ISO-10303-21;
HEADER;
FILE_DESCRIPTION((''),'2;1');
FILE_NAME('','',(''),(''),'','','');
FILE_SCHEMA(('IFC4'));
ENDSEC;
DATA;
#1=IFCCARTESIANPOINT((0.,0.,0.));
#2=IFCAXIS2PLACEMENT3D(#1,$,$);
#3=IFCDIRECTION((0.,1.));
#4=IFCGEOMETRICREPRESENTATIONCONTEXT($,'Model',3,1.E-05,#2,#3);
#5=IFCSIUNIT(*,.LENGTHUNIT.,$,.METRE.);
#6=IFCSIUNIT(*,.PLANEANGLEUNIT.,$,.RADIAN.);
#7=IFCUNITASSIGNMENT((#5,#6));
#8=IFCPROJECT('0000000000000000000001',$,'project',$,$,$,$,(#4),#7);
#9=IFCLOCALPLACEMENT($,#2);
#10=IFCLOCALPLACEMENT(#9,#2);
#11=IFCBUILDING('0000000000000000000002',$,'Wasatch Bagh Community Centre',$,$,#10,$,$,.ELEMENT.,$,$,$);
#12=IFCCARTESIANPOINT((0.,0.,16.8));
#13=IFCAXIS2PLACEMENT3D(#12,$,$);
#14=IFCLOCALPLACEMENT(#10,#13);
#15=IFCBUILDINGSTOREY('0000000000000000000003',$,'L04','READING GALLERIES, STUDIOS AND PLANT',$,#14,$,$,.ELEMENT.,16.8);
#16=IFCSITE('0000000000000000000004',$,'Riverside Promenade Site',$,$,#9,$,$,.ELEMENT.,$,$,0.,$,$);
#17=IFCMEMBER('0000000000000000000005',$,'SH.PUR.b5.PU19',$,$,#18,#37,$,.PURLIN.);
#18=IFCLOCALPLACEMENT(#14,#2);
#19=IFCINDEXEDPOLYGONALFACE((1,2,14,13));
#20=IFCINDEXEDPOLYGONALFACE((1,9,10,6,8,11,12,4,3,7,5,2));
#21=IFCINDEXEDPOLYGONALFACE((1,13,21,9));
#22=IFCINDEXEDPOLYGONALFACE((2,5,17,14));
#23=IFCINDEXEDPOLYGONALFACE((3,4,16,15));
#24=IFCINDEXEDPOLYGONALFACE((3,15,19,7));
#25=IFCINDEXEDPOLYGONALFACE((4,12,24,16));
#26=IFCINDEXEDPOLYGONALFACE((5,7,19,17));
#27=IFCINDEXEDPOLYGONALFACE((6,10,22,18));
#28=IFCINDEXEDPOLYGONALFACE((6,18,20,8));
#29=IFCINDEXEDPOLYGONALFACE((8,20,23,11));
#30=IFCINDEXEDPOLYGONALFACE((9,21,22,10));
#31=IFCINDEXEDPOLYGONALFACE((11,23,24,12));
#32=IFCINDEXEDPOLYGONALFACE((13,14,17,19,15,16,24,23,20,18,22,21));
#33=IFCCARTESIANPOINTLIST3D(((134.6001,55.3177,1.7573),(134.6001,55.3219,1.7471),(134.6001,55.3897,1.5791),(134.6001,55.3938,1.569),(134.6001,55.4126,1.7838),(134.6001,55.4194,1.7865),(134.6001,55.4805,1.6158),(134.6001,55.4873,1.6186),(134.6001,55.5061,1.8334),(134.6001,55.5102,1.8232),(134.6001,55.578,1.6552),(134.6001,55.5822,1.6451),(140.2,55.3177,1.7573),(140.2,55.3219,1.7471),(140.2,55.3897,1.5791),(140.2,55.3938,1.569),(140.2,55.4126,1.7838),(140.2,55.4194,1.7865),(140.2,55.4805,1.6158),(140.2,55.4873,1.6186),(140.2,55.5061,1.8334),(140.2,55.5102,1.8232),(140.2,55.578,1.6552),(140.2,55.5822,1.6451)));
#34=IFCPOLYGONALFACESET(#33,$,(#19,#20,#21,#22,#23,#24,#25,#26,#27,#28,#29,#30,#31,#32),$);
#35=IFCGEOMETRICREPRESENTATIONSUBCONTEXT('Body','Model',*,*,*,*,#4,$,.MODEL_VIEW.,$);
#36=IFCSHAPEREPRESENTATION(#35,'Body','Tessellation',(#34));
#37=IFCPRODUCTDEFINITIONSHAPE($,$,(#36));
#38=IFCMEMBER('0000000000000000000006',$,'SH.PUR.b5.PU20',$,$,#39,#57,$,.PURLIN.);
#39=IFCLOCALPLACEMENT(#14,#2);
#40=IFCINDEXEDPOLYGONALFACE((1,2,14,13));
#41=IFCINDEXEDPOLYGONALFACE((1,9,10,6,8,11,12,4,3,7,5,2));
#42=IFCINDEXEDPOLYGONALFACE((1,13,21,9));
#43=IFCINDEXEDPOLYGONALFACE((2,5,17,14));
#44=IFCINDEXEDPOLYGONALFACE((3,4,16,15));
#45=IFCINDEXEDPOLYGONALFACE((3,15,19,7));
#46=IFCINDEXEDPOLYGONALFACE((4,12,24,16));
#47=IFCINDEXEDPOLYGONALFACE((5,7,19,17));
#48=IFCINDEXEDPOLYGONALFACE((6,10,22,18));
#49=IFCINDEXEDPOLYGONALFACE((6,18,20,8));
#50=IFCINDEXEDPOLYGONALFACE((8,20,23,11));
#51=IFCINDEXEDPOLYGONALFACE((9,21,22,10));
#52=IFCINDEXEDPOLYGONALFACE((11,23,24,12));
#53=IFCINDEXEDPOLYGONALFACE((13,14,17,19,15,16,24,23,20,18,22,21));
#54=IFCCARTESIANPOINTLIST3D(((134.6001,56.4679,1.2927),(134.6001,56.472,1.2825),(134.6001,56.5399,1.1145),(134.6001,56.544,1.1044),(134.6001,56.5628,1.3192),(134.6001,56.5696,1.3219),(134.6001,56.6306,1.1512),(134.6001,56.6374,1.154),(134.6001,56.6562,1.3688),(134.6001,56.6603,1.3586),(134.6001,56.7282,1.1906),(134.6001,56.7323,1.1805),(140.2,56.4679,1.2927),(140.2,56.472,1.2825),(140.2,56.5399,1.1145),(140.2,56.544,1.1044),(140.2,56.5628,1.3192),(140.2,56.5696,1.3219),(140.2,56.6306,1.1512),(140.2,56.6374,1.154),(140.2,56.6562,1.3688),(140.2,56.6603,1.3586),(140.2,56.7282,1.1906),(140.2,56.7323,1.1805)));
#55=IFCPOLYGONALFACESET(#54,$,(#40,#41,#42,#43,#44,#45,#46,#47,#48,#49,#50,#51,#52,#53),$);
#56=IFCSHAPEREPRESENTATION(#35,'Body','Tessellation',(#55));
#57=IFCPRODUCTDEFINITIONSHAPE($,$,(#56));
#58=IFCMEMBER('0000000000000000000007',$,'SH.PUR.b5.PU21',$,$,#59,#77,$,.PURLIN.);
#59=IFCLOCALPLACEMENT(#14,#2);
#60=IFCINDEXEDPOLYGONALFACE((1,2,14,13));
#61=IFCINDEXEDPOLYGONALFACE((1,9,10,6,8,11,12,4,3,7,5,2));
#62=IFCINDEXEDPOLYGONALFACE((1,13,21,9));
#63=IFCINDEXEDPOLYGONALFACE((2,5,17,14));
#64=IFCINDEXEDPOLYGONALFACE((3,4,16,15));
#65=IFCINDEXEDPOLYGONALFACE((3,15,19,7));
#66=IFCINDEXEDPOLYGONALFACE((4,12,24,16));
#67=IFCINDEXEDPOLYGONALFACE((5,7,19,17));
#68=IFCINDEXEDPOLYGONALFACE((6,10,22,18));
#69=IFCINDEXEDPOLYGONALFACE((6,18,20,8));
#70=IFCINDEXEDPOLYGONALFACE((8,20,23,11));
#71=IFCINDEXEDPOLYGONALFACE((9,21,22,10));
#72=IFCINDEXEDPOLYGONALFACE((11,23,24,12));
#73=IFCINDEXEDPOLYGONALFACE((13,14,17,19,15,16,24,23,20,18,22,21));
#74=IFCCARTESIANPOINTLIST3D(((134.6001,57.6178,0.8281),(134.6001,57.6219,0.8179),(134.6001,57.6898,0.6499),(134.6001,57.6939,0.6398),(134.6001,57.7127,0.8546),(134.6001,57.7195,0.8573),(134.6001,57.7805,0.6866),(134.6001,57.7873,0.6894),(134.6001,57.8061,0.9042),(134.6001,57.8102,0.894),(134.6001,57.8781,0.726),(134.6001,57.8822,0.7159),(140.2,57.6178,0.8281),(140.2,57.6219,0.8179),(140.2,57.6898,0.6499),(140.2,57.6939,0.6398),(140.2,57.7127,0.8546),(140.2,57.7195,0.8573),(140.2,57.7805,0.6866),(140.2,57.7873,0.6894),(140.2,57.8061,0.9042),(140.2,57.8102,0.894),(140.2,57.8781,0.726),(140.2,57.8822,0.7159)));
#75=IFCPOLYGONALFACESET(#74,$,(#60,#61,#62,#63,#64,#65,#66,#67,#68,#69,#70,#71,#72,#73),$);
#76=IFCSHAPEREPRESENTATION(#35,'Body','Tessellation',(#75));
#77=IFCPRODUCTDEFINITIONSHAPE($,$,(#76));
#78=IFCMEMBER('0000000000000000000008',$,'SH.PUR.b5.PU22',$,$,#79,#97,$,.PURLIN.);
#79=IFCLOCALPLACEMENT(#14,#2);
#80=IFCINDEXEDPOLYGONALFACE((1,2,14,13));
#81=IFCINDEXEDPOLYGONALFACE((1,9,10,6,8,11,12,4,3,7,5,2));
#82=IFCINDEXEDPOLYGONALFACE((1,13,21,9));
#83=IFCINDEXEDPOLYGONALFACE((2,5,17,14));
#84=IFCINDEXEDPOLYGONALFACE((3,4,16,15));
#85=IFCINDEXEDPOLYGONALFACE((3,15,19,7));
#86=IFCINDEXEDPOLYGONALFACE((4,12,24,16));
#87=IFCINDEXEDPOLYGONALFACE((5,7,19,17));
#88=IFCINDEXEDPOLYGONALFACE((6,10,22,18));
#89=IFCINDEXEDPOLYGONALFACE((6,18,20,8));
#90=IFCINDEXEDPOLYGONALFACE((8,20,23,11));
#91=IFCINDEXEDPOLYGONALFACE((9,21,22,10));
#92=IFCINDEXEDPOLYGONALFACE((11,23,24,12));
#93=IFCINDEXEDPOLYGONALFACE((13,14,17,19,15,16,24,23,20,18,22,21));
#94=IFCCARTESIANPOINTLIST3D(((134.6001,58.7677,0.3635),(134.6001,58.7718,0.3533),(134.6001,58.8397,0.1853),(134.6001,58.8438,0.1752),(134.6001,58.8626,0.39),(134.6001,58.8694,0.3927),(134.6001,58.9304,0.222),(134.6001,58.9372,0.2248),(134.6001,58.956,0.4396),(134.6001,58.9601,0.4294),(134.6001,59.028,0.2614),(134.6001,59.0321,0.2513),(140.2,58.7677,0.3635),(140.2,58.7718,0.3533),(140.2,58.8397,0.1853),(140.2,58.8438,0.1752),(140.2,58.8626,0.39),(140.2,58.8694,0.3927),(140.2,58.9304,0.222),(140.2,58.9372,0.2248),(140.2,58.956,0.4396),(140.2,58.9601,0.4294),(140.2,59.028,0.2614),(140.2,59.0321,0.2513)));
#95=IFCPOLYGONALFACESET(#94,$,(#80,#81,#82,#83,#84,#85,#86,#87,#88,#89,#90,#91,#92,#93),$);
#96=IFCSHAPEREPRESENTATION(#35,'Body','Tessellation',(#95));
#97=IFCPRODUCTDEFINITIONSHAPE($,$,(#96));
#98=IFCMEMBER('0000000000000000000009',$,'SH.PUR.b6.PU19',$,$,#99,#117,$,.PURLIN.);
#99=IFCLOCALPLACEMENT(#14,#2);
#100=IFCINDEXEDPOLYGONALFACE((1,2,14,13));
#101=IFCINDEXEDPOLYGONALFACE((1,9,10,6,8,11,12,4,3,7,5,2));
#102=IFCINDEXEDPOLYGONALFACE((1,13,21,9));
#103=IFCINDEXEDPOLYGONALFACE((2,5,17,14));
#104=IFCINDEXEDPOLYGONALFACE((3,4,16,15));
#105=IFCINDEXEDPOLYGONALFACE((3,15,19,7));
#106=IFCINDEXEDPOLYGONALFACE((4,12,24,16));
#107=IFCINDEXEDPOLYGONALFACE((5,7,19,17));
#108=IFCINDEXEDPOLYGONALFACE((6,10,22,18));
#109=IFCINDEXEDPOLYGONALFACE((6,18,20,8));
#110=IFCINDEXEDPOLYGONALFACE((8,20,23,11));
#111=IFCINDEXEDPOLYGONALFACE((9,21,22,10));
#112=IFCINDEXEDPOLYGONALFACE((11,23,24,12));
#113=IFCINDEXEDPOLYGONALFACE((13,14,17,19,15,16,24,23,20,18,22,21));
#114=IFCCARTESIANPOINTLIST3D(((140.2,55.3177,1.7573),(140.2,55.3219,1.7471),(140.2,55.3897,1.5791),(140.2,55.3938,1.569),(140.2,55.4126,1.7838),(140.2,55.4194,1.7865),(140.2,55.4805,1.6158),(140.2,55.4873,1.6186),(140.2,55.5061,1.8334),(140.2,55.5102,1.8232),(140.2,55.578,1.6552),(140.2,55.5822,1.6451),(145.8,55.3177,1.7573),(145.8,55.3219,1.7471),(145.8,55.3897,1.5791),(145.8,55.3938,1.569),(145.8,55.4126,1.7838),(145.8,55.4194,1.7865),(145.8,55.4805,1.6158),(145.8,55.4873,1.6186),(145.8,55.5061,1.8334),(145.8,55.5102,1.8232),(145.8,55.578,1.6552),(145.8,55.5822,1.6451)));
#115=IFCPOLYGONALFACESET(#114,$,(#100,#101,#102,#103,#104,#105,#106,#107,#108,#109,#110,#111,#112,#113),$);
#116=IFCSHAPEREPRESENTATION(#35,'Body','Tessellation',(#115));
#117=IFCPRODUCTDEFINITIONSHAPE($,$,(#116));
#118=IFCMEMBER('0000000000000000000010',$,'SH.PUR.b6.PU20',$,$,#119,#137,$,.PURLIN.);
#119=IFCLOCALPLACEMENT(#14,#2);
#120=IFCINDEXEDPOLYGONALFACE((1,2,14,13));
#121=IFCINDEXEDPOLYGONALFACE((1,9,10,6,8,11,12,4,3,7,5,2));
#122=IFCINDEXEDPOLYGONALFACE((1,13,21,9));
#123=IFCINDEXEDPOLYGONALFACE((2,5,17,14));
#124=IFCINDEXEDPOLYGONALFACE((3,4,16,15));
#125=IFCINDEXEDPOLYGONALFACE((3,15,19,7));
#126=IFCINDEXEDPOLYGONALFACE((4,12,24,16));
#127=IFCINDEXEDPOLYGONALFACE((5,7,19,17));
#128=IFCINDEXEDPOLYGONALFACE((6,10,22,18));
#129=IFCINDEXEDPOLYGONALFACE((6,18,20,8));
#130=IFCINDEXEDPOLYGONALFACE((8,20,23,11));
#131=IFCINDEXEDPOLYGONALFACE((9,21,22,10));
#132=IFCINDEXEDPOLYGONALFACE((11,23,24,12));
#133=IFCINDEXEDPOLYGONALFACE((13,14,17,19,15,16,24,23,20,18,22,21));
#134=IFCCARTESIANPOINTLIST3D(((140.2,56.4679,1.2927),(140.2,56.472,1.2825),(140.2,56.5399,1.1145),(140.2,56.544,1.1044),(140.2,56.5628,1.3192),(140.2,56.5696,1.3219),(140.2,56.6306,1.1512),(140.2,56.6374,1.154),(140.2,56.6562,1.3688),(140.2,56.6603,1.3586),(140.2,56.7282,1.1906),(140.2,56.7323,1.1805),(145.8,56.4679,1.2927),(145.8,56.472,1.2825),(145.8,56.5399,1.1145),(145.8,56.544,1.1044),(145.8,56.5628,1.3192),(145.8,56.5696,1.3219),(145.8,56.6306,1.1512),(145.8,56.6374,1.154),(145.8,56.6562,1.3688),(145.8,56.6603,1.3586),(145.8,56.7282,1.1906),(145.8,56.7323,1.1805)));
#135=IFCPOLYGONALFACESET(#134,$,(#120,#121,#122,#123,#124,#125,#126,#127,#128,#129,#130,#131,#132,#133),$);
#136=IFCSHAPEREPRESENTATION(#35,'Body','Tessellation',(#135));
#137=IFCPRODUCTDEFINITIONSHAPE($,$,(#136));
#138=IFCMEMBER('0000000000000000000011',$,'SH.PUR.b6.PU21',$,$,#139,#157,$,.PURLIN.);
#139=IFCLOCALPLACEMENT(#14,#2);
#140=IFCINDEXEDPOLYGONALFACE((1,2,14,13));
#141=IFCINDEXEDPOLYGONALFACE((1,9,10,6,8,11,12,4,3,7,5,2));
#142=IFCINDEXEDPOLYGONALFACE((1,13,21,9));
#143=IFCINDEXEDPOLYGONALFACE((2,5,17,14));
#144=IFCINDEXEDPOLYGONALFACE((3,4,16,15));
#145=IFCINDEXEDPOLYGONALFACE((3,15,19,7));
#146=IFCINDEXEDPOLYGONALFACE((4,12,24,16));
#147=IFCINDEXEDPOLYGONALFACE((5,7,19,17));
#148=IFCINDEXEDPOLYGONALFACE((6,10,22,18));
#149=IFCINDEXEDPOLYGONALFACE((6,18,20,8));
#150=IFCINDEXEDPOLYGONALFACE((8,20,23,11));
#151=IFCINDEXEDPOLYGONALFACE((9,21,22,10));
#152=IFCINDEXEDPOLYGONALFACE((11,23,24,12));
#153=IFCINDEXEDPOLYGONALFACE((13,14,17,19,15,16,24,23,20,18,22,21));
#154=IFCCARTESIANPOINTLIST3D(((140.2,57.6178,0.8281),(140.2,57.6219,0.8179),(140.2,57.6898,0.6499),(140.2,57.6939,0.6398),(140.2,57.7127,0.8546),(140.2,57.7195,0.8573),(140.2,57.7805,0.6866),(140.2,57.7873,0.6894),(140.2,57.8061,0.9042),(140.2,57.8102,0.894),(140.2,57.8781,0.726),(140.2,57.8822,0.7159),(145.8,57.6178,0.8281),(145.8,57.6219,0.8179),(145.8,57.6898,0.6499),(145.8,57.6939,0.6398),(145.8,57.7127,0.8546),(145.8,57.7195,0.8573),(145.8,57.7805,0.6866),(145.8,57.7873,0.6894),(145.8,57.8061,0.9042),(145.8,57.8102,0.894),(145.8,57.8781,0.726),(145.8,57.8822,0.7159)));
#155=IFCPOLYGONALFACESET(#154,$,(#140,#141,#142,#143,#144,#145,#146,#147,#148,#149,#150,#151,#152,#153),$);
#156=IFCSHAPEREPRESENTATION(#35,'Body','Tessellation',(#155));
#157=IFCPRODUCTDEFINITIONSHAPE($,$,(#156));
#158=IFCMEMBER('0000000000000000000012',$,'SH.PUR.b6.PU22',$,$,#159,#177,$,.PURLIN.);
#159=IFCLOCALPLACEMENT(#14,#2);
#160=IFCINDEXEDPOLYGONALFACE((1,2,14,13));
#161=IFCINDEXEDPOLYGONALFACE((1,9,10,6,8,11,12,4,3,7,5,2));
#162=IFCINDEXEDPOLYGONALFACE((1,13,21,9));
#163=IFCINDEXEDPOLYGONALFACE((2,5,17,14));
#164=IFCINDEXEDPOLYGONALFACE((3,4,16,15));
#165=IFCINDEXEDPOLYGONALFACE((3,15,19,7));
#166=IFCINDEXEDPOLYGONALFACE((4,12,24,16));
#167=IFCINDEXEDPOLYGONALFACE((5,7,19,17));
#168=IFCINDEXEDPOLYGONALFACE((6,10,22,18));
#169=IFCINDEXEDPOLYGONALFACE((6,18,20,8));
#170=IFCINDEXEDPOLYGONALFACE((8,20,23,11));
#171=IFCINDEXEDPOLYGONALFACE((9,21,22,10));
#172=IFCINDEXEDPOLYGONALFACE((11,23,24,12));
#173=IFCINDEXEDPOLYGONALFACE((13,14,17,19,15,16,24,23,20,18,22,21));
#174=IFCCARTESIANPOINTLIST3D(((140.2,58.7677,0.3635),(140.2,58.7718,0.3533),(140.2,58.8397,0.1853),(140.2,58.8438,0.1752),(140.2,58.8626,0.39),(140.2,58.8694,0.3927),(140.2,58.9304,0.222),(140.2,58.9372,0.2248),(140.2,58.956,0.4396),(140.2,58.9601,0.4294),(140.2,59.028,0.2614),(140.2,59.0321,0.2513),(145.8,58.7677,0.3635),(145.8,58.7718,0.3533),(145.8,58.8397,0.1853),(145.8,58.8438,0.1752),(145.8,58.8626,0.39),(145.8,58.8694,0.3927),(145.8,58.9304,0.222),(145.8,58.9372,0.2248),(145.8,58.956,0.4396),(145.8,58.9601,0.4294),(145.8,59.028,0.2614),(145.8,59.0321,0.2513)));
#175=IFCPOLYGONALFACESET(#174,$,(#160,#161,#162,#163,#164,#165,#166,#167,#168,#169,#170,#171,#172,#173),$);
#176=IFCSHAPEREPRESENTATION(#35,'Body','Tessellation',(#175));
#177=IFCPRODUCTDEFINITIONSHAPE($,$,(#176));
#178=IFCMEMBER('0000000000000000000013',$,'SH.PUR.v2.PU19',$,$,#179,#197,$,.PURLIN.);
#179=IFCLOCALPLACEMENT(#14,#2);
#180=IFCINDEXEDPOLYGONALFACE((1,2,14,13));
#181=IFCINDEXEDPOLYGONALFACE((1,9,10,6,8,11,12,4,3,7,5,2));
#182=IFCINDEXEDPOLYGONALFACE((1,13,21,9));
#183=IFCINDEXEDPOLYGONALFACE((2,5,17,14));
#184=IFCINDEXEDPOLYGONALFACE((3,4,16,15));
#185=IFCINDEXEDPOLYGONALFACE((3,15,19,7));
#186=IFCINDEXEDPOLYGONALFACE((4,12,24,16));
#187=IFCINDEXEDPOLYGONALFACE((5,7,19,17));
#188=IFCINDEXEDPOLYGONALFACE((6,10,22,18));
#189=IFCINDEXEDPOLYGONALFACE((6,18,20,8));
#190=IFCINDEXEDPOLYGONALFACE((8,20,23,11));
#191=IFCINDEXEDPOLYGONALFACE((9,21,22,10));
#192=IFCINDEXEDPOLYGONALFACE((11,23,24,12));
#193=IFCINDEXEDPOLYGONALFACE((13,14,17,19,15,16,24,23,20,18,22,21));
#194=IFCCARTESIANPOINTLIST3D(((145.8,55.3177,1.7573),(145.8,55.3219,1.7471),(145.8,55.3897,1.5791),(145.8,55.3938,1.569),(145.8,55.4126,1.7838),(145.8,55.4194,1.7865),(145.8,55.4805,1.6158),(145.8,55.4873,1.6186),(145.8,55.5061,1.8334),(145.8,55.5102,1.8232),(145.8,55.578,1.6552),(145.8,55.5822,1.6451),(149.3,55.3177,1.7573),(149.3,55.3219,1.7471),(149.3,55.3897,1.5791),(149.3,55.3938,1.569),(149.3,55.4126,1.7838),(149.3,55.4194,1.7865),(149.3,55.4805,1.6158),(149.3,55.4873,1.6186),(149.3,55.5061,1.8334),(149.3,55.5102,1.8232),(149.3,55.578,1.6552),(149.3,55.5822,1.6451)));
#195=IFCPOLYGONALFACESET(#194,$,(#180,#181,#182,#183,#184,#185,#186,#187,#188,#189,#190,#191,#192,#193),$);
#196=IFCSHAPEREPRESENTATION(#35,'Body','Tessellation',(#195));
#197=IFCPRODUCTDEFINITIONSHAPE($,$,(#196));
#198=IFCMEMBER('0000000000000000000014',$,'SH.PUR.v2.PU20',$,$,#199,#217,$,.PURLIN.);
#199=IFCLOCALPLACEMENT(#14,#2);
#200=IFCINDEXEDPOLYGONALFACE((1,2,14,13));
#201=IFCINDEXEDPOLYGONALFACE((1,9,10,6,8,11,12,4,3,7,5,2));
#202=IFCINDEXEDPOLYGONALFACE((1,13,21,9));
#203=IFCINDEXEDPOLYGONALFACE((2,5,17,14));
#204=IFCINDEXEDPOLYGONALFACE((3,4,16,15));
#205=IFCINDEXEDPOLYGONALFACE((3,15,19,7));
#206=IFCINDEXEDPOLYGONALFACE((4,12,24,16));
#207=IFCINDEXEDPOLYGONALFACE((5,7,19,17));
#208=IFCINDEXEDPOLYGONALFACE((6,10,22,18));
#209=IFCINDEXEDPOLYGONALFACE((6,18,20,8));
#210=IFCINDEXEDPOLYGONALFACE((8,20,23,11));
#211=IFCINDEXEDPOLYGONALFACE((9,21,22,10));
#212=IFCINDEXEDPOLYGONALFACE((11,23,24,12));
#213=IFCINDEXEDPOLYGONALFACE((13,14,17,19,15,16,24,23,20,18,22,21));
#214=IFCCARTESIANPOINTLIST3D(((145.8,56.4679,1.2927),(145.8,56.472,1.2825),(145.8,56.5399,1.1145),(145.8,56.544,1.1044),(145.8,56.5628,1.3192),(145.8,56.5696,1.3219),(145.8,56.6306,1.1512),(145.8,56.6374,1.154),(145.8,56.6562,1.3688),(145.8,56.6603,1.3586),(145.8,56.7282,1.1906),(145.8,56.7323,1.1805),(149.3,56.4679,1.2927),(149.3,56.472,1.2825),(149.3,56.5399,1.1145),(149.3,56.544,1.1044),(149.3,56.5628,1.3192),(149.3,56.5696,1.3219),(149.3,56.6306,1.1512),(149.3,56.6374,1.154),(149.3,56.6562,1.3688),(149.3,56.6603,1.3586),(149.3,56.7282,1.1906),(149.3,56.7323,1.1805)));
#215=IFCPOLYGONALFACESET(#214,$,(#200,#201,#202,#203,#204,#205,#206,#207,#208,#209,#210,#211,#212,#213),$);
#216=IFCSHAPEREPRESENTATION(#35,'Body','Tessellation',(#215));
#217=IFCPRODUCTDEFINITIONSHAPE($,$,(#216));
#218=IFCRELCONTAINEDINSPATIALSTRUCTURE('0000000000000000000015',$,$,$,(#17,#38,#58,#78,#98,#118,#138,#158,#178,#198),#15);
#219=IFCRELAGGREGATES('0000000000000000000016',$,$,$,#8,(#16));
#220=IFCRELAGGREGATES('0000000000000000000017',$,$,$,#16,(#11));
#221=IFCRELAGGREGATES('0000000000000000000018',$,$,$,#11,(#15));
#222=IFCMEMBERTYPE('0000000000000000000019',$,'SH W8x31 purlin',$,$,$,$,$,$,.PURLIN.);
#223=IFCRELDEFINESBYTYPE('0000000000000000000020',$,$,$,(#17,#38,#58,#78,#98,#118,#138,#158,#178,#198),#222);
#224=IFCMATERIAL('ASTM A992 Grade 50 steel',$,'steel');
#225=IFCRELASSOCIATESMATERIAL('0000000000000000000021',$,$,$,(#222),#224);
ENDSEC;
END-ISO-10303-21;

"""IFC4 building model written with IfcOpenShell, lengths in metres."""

from ifc_helpers import new_model, si_unit, direction, frame, origin, origin_2d, place, context, subcontext, project, spatial, i_section, extrude, material, material_profile, profile_set, type_object, element, save


model = new_model("IFC4")

# Units and contexts
model_context = context("Model", 3, precision=1e-05, world=origin(), true_north=direction((0.0, 1.0)))
body_context = subcontext(model_context, "Body", "Model", "MODEL_VIEW")
ifc_project = project(units=[si_unit("LENGTHUNIT", "METRE"), si_unit("PLANEANGLEUNIT", "RADIAN")], contexts=[model_context])

# Site, building, storey
site_placement = place(None, origin())
site = spatial("IfcSite", under=ifc_project, at=site_placement, Name="Riverside Promenade Site", CompositionType="ELEMENT", RefElevation=0.0)
building_placement = place(site_placement, origin())
building = spatial("IfcBuilding", under=site, at=building_placement, Name="Wasatch Bagh Community Centre", CompositionType="ELEMENT")
storey_placement = place(building_placement, frame((0.0, 0.0, 16.8)))
storey = spatial("IfcBuildingStorey", under=building, at=storey_placement, Name="L04", Description="READING GALLERIES, STUDIOS AND PLANT", CompositionType="ELEMENT", Elevation=16.8)

# Members
ifc_material_1 = material(Name="ASTM A992 Grade 50 steel", Category="steel")
ifc_material_profile_1 = material_profile(ifc_material_1, i_section(OverallWidth=0.2031, OverallDepth=0.2031, WebThickness=0.0073, FlangeThickness=0.011, at=origin_2d()), Name="W8x31")
ifc_profile_set_1 = profile_set([ifc_material_profile_1], Name="ASTM A992 Grade 50 steel")
member_type_1 = type_object("IfcMemberType", Name="SH W8x31 purlin", PredefinedType="PURLIN", material=ifc_profile_set_1)
for number, where, z_axis, x_axis, name in (
    (1, (134.6001, 55.45, 1.7012), (1.0, 0.0, 0.0), (0.0, 0.927184, 0.374607), "SH.PUR.b5.PU19"),
    (2, (134.6001, 56.6001, 1.2366), (1.0, 0.0, 0.0), (0.0, 0.927184, 0.374607), "SH.PUR.b5.PU20"),
    (3, (134.6001, 57.75, 0.772), (1.0, 0.0, 0.0), (0.0, 0.927184, 0.374607), "SH.PUR.b5.PU21"),
    (4, (134.6001, 58.8999, 0.3074), (1.0, 0.0, 0.0), (0.0, 0.927184, 0.374607), "SH.PUR.b5.PU22"),
):
    element("IfcMember", number, at=place(storey_placement, frame(where, z_axis=z_axis, x_axis=x_axis)), inside=storey, type_object=member_type_1, Name=name, PredefinedType="PURLIN", context=body_context, shape_type="SweptSolid", body=[
        extrude(i_section(OverallWidth=0.2031, OverallDepth=0.2031, WebThickness=0.0073, FlangeThickness=0.011, at=origin_2d()), origin(), (0.0, 0.0, 1.0), 5.5999),
    ])
for number, where, z_axis, x_axis, name in (
    (5, (140.2, 55.45, 1.7012), (1.0, 0.0, 0.0), (0.0, 0.927184, 0.374607), "SH.PUR.b6.PU19"),
    (6, (140.2, 56.6001, 1.2366), (1.0, 0.0, 0.0), (0.0, 0.927184, 0.374607), "SH.PUR.b6.PU20"),
    (7, (140.2, 57.75, 0.772), (1.0, 0.0, 0.0), (0.0, 0.927184, 0.374607), "SH.PUR.b6.PU21"),
    (8, (140.2, 58.8999, 0.3074), (1.0, 0.0, 0.0), (0.0, 0.927184, 0.374607), "SH.PUR.b6.PU22"),
):
    element("IfcMember", number, at=place(storey_placement, frame(where, z_axis=z_axis, x_axis=x_axis)), inside=storey, type_object=member_type_1, Name=name, PredefinedType="PURLIN", context=body_context, shape_type="SweptSolid", body=[
        extrude(i_section(OverallWidth=0.2031, OverallDepth=0.2031, WebThickness=0.0073, FlangeThickness=0.011, at=origin_2d()), origin(), (0.0, 0.0, 1.0), 5.6001),
    ])
for number, where, z_axis, x_axis, name in (
    (9, (145.8, 55.45, 1.7012), (1.0, 0.0, 0.0), (0.0, 0.927184, 0.374607), "SH.PUR.v2.PU19"),
    (10, (145.8, 56.6001, 1.2366), (1.0, 0.0, 0.0), (0.0, 0.927184, 0.374607), "SH.PUR.v2.PU20"),
):
    element("IfcMember", number, at=place(storey_placement, frame(where, z_axis=z_axis, x_axis=x_axis)), inside=storey, type_object=member_type_1, Name=name, PredefinedType="PURLIN", context=body_context, shape_type="SweptSolid", body=[
        extrude(i_section(OverallWidth=0.2031, OverallDepth=0.2031, WebThickness=0.0073, FlangeThickness=0.011, at=origin_2d()), origin(), (0.0, 0.0, 1.0), 3.5),
    ])

save(model, "model.ifc")
